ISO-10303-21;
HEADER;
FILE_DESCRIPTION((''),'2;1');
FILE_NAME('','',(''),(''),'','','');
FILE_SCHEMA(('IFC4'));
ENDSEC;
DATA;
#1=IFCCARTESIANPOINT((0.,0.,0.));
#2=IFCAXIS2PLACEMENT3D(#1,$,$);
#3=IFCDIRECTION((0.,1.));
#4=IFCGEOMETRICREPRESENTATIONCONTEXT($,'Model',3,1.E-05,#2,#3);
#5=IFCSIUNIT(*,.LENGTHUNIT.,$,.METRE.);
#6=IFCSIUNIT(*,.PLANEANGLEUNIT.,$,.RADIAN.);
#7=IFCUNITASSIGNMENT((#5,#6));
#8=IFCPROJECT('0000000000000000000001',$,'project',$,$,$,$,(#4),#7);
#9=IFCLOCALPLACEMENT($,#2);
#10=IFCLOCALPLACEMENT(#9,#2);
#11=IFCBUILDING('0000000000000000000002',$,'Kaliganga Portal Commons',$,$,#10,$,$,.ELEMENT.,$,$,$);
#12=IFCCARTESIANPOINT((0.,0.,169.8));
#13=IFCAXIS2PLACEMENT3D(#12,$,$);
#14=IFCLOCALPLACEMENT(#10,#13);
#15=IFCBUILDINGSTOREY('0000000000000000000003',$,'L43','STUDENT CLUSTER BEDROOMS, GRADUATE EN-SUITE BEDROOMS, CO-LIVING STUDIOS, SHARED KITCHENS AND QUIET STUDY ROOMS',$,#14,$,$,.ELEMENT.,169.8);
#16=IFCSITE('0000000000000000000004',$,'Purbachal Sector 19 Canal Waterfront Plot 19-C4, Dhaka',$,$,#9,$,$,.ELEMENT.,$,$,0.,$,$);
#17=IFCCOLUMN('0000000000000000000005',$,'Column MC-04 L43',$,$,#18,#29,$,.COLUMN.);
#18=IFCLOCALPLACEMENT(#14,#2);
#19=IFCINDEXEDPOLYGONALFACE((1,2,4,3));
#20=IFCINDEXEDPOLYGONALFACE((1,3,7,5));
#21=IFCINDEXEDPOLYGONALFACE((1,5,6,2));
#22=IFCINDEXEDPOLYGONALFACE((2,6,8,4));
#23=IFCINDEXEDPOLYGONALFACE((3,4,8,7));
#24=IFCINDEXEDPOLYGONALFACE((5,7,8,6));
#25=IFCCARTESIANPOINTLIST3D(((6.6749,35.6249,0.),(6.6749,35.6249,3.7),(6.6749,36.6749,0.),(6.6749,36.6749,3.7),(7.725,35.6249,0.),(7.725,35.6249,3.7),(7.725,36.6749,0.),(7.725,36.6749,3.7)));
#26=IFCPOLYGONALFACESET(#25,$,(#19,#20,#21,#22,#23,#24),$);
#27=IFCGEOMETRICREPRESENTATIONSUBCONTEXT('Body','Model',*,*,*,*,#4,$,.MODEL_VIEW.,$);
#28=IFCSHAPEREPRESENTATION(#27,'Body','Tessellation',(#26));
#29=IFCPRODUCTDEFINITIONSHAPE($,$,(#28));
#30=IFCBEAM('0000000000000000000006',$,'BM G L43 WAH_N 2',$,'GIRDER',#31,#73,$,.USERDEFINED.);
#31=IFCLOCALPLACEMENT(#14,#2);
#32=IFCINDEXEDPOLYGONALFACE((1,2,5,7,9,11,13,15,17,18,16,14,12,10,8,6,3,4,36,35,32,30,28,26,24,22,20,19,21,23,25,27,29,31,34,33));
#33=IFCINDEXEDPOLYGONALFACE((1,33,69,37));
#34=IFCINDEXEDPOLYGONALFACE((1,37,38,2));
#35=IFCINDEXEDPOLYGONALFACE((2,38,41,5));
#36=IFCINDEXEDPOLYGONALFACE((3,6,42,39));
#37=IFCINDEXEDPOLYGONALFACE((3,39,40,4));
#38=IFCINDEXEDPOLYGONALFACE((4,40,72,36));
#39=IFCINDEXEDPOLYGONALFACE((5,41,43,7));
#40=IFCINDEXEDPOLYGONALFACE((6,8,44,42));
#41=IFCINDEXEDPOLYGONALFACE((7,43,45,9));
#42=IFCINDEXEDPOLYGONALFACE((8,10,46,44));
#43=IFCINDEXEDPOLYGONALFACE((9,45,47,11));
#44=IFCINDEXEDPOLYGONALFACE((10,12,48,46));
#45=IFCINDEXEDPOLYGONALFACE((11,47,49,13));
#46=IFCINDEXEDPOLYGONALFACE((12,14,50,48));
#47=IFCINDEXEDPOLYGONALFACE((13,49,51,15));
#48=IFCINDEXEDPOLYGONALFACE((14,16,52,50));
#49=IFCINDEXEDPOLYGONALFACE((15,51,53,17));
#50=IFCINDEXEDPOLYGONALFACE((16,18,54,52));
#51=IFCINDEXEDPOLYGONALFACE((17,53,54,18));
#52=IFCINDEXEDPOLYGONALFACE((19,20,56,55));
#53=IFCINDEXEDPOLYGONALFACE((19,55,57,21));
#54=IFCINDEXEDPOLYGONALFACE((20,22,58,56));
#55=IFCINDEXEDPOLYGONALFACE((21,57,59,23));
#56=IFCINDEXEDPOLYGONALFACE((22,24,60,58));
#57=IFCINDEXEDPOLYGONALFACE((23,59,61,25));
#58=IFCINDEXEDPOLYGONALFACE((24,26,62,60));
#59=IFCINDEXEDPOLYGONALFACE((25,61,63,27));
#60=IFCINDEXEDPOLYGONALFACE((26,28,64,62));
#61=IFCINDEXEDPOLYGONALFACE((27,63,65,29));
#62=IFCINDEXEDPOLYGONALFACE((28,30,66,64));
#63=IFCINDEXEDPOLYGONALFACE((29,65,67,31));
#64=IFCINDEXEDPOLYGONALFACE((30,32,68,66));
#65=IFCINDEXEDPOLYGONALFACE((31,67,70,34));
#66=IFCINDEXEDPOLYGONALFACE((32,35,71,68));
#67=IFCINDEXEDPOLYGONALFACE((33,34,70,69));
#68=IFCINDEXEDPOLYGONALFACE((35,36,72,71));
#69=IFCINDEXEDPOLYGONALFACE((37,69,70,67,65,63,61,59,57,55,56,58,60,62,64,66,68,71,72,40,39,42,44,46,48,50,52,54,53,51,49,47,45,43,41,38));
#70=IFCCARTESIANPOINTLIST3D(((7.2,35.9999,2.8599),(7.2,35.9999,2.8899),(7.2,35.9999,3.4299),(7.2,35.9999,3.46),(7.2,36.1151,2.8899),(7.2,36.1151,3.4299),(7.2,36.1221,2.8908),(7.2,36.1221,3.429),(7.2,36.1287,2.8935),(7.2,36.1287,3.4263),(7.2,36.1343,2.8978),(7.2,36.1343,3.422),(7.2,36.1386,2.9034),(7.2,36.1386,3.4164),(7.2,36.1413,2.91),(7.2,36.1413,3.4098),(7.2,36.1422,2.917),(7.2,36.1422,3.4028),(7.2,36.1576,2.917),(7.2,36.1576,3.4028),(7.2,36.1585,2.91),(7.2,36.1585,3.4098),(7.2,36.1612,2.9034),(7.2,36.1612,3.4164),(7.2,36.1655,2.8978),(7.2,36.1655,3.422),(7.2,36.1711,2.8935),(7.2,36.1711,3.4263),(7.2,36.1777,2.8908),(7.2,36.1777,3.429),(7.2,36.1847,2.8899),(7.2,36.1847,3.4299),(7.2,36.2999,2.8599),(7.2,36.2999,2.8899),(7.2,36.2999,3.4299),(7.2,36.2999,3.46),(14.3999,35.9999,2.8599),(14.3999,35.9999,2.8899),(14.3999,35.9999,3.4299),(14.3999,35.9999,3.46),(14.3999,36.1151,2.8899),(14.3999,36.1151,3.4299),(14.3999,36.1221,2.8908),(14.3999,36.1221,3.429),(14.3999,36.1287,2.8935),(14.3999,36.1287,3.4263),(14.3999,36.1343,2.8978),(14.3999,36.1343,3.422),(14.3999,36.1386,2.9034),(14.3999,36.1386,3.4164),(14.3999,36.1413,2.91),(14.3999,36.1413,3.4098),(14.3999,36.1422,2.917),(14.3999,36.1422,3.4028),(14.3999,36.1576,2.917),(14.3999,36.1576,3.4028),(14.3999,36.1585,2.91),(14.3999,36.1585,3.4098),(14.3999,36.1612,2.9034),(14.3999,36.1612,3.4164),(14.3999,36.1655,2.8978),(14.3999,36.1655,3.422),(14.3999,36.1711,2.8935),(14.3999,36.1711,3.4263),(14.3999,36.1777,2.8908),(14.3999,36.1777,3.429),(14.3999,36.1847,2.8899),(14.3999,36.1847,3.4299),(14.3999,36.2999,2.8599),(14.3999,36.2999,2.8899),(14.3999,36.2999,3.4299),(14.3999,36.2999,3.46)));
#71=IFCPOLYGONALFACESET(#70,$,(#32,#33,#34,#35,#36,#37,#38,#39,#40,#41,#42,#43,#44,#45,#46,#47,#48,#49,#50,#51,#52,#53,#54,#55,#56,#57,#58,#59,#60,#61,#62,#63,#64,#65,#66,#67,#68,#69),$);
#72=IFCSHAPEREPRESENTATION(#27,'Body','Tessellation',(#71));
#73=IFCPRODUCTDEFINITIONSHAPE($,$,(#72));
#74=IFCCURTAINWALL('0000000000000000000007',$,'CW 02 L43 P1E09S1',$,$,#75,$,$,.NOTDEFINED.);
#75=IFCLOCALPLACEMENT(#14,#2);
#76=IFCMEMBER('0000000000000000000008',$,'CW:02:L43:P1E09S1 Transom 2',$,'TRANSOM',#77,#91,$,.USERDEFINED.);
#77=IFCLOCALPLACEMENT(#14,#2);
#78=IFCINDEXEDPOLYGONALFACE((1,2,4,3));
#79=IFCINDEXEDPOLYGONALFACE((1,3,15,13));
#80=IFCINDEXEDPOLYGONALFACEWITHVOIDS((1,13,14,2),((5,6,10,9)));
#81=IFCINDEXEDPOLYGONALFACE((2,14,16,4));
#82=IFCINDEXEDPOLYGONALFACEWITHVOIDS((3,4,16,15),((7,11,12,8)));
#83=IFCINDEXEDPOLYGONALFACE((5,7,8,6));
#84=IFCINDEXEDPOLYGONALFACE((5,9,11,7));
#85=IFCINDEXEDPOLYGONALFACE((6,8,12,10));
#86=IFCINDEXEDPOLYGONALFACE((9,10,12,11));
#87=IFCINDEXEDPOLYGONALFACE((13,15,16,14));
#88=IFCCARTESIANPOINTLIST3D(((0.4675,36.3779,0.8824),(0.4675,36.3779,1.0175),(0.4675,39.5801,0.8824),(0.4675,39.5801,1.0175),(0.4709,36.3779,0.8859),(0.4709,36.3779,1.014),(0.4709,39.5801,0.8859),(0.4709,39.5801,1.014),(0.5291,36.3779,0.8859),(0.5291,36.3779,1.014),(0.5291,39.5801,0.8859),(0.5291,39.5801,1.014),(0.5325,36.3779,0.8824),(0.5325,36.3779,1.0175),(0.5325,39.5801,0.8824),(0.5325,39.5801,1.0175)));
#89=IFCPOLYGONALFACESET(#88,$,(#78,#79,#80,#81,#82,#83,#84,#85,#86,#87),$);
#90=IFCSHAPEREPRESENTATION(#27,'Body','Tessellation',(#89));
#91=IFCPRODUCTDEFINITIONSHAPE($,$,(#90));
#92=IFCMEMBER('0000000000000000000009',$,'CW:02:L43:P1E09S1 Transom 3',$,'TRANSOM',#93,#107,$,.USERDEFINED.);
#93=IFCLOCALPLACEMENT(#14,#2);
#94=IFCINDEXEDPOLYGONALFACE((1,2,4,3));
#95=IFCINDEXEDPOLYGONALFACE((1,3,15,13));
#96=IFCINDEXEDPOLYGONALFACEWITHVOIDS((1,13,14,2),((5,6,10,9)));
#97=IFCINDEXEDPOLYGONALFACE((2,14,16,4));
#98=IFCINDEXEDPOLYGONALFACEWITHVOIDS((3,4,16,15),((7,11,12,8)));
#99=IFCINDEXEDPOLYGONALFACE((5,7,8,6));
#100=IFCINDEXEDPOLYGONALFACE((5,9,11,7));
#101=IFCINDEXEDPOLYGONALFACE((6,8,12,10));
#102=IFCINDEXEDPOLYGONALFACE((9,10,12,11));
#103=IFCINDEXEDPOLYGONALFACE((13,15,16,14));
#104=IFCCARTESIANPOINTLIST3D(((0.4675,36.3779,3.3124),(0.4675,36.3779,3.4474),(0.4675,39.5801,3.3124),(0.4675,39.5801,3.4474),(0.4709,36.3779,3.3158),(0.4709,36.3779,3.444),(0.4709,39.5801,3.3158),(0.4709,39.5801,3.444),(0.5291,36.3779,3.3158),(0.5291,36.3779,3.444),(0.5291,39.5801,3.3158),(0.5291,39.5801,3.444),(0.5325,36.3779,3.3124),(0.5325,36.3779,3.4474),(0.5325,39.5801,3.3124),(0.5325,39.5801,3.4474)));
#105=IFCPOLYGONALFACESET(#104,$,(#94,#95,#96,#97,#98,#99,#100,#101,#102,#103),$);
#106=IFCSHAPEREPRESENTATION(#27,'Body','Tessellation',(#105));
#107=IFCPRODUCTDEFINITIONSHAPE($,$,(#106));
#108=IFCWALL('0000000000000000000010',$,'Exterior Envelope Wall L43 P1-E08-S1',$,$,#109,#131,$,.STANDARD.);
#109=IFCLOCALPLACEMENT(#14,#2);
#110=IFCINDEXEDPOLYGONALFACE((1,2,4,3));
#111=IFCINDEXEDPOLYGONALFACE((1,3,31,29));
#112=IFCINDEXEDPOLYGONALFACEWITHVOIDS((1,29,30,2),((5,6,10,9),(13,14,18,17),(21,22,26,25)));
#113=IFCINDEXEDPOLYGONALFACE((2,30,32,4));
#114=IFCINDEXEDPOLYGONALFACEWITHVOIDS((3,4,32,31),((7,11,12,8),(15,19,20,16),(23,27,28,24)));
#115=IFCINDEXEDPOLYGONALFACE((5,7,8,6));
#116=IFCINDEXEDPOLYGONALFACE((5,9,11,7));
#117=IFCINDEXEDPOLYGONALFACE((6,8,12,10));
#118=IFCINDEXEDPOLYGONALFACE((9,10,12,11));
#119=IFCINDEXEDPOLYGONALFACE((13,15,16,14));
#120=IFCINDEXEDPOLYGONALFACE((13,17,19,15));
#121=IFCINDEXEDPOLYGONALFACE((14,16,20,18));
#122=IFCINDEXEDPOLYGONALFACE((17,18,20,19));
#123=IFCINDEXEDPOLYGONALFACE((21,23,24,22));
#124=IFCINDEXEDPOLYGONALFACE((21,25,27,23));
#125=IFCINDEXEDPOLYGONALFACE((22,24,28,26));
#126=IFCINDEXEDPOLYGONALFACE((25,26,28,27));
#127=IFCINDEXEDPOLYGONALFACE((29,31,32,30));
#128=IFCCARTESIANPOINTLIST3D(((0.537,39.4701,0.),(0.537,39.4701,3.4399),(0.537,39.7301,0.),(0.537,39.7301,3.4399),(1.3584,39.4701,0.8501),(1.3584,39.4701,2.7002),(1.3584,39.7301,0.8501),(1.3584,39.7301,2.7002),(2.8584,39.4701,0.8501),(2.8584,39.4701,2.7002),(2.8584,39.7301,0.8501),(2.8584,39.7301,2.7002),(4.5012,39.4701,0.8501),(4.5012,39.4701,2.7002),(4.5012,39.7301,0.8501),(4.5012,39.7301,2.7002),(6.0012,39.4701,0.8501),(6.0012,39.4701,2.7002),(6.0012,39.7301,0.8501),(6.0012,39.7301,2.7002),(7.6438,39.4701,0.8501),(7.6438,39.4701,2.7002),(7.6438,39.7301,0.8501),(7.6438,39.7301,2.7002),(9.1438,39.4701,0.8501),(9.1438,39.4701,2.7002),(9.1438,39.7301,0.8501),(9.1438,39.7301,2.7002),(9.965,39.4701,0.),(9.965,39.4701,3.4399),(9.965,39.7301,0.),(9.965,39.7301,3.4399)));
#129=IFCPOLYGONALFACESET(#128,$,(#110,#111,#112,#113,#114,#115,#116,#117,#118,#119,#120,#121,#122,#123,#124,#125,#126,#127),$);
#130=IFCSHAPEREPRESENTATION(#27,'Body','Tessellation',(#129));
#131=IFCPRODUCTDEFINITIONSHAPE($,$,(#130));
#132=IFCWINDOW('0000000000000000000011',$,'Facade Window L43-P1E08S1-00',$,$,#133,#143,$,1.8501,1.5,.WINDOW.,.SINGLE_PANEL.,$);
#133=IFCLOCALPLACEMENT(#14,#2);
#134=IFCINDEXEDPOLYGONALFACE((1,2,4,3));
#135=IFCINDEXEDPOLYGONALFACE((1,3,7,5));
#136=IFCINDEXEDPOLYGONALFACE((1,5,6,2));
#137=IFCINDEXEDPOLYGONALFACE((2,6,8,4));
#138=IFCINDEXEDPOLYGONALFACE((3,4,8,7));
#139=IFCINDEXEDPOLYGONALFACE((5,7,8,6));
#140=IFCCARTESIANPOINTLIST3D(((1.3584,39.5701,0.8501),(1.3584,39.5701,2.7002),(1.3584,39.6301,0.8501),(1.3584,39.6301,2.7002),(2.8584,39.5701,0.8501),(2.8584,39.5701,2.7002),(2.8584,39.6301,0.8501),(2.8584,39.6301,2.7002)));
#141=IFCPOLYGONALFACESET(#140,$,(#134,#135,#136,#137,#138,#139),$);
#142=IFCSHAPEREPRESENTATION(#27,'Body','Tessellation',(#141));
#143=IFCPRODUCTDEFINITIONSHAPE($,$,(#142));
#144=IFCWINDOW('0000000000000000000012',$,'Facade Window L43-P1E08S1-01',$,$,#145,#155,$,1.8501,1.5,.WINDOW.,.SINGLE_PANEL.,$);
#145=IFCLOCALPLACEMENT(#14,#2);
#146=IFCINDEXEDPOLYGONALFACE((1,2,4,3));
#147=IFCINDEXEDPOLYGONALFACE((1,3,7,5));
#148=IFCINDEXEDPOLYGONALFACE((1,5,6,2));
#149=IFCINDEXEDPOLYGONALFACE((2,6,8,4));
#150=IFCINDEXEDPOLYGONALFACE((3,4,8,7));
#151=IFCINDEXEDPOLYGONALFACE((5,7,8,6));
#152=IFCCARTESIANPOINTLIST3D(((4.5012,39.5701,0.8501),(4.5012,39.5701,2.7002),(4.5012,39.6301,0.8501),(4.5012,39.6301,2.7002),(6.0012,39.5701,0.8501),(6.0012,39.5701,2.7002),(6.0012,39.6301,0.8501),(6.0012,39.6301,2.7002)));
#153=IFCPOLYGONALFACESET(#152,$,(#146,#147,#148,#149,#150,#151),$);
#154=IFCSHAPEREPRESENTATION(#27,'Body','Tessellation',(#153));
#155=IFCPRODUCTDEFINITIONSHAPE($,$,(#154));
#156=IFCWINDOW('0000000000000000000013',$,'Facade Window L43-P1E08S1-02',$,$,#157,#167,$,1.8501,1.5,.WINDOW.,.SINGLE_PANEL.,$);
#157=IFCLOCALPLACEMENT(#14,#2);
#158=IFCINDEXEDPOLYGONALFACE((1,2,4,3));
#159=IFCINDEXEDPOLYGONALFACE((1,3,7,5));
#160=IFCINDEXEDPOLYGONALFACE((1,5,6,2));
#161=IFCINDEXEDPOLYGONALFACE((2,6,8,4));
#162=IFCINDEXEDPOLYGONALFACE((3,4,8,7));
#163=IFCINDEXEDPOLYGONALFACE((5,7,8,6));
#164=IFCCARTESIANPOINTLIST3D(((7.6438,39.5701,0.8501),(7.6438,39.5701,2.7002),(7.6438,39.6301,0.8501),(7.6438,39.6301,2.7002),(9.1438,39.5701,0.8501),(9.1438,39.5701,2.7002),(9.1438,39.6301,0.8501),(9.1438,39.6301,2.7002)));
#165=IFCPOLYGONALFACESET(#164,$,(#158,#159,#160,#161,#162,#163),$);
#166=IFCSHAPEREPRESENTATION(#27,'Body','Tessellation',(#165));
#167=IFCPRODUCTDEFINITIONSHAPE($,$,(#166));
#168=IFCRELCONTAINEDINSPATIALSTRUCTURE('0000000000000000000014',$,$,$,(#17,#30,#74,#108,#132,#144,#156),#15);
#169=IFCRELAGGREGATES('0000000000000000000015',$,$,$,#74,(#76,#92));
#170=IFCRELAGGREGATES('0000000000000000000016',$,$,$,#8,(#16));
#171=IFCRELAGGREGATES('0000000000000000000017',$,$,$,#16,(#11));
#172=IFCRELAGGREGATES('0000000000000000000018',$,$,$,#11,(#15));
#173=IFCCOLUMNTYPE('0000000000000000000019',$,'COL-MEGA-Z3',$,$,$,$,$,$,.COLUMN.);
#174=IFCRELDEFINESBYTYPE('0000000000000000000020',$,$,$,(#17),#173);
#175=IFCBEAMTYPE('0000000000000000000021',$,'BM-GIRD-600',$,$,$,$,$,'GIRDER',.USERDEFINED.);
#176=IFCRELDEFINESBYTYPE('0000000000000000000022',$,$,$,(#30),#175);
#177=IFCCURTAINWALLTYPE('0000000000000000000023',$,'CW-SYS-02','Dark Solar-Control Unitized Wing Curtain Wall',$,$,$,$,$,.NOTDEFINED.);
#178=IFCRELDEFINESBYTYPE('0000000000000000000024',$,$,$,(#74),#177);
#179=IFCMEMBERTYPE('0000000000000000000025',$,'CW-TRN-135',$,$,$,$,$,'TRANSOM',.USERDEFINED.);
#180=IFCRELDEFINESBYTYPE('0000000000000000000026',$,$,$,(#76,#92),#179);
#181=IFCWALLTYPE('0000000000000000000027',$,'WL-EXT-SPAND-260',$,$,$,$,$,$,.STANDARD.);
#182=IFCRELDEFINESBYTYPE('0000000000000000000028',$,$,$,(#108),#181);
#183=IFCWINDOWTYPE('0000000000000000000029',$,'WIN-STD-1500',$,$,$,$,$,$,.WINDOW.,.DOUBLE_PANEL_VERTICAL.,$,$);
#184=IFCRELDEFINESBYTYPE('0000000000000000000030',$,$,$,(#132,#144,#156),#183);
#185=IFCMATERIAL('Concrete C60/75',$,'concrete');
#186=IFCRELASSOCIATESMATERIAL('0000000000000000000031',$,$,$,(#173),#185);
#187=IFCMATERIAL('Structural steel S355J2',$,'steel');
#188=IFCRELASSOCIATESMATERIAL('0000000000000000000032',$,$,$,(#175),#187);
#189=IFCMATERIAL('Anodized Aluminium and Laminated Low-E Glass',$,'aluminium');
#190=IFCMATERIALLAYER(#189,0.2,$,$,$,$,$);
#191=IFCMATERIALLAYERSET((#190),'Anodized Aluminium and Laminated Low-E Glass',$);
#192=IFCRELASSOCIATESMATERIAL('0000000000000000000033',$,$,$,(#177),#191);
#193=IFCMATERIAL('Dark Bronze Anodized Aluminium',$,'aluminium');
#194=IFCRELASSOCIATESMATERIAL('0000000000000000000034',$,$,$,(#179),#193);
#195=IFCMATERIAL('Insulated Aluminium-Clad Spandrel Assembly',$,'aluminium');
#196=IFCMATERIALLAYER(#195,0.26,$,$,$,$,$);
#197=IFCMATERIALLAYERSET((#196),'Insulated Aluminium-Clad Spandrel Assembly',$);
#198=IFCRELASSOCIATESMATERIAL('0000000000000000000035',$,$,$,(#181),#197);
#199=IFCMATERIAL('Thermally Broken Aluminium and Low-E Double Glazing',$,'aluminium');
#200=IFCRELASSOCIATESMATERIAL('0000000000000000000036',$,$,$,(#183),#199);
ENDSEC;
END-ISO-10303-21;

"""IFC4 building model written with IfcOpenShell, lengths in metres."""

from ifc_helpers import new_model, si_unit, direction, frame, frame_2d, origin, origin_2d, place, context, subcontext, project, spatial, rectangle, hollow_rectangle, i_section, extrude, source, transform, mapped, material, layer, layer_set, material_profile, profile_set, type_object, element, fill, aggregate, save


model = new_model("IFC4")

# Units and contexts
model_context = context("Model", 3, precision=1e-05, world=origin(), true_north=direction((0.0, 1.0)))
body_context = subcontext(model_context, "Body", "Model", "MODEL_VIEW")
ifc_project = project(units=[si_unit("LENGTHUNIT", "METRE"), si_unit("PLANEANGLEUNIT", "RADIAN")], contexts=[model_context])

# Site, building, storey
site_placement = place(None, origin())
site = spatial("IfcSite", under=ifc_project, at=site_placement, Name="Purbachal Sector 19 Canal Waterfront Plot 19-C4, Dhaka", CompositionType="ELEMENT", RefElevation=0.0)
building_placement = place(site_placement, origin())
building = spatial("IfcBuilding", under=site, at=building_placement, Name="Kaliganga Portal Commons", CompositionType="ELEMENT")
storey_placement = place(building_placement, frame((0.0, 0.0, 169.8)))
storey = spatial("IfcBuildingStorey", under=building, at=storey_placement, Name="L43", Description="STUDENT CLUSTER BEDROOMS, GRADUATE EN-SUITE BEDROOMS, CO-LIVING STUDIOS, SHARED KITCHENS AND QUIET STUDY ROOMS", CompositionType="ELEMENT", Elevation=169.8)

# Column
ifc_material_1 = material(Name="Concrete C60/75", Category="concrete")
ifc_material_profile_1 = material_profile(ifc_material_1, rectangle(XDim=1.05, YDim=1.05, at=origin_2d()), Name="RC 1050x1050")
ifc_profile_set_1 = profile_set([ifc_material_profile_1], Name="Concrete C60/75")
column_type = type_object("IfcColumnType", Name="COL-MEGA-Z3", PredefinedType="COLUMN", material=ifc_profile_set_1)
shared_shape_1 = source(origin(), body_context, "Body", "SweptSolid", [
    extrude(rectangle(XDim=1.05, YDim=1.05, at=origin_2d()), origin(), (0.0, 0.0, 1.0), 3.7),
])
column_placement = place(storey_placement, frame((7.2, 36.1499, 0.0), z_axis=(0.0, 0.0, 1.0), x_axis=(1.0, 0.0, 0.0)))
element("IfcColumn", 1, at=column_placement, inside=storey, type_object=column_type, Name="Column MC-04 L43", PredefinedType="COLUMN", context=body_context, shape_type="MappedRepresentation", body=[
    mapped(shared_shape_1, transform((0.0, 0.0, 0.0), x_axis=(1.0, 0.0, 0.0), y_axis=(0.0, 1.0, 0.0), z_axis=(0.0, 0.0, 1.0), scale=1.0)),
])

# Beam
ifc_material_2 = material(Name="Structural steel S355J2", Category="steel")
ifc_material_profile_2 = material_profile(ifc_material_2, i_section(OverallWidth=0.3, OverallDepth=0.6001, WebThickness=0.0154, FlangeThickness=0.03, FilletRadius=0.0271, at=origin_2d()), Name="HE 600 B")
ifc_profile_set_2 = profile_set([ifc_material_profile_2], Name="Structural steel S355J2 wide-flange")
beam_type = type_object("IfcBeamType", Name="BM-GIRD-600", ElementType="GIRDER", PredefinedType="USERDEFINED", material=ifc_profile_set_2)
shared_shape_2 = source(origin(), body_context, "Body", "SweptSolid", [
    extrude(i_section(OverallWidth=0.3, OverallDepth=0.6001, WebThickness=0.0154, FlangeThickness=0.03, FilletRadius=0.0271, at=origin_2d()), origin(), (0.0, 0.0, 1.0), 7.2),
])
beam_placement = place(storey_placement, frame((7.2, 36.1499, 3.1599), z_axis=(1.0, 0.0, 0.0), x_axis=(0.0, 1.0, 0.0)))
element("IfcBeam", 2, at=beam_placement, inside=storey, type_object=beam_type, Name="BM G L43 WAH_N 2", ObjectType="GIRDER", PredefinedType="USERDEFINED", context=body_context, shape_type="MappedRepresentation", body=[
    mapped(shared_shape_2, transform((0.0, 0.0, 0.0), x_axis=(1.0, 0.0, 0.0), y_axis=(0.0, 1.0, 0.0), z_axis=(0.0, 0.0, 1.0), scale=1.0)),
])

# Curtain wall, members
ifc_material_3 = material(Name="Anodized Aluminium and Laminated Low-E Glass", Category="aluminium")
ifc_layer_1 = layer(ifc_material_3, 0.2)
ifc_layer_set_1 = layer_set([ifc_layer_1], Name="Anodized Aluminium and Laminated Low-E Glass")
curtain_wall_type = type_object("IfcCurtainWallType", Name="CW-SYS-02", Description="Dark Solar-Control Unitized Wing Curtain Wall", PredefinedType="NOTDEFINED", material=ifc_layer_set_1)
curtain_wall_placement = place(storey_placement, origin())
curtain_wall = element("IfcCurtainWall", 3, at=curtain_wall_placement, inside=storey, type_object=curtain_wall_type, Name="CW 02 L43 P1E09S1", PredefinedType="NOTDEFINED")
ifc_material_4 = material(Name="Dark Bronze Anodized Aluminium", Category="aluminium")
ifc_material_profile_3 = material_profile(ifc_material_4, hollow_rectangle(XDim=0.0649, YDim=0.135, WallThickness=0.0034, at=origin_2d()), Name="ALU TRAN 65x135x3.5")
ifc_profile_set_3 = profile_set([ifc_material_profile_3], Name="Dark Bronze Anodized Aluminium")
member_type = type_object("IfcMemberType", Name="CW-TRN-135", ElementType="TRANSOM", PredefinedType="USERDEFINED", material=ifc_profile_set_3)
shared_shape_3 = source(origin(), body_context, "Body", "SweptSolid", [
    extrude(hollow_rectangle(XDim=0.0649, YDim=0.135, WallThickness=0.0034, at=origin_2d()), origin(), (0.0, 0.0, 1.0), 3.2021),
])
member_1_placement = place(storey_placement, frame((0.5, 39.5801, 0.95), z_axis=(0.0, -1.0, 0.0), x_axis=(1.0, 0.0, 0.0)))
member_1 = element("IfcMember", 4, at=member_1_placement, type_object=member_type, Name="CW:02:L43:P1E09S1 Transom 2", ObjectType="TRANSOM", PredefinedType="USERDEFINED", context=body_context, shape_type="MappedRepresentation", body=[
    mapped(shared_shape_3, transform((0.0, 0.0, 0.0), x_axis=(1.0, 0.0, 0.0), y_axis=(0.0, 1.0, 0.0), z_axis=(0.0, 0.0, 1.0), scale=1.0)),
])
member_2_placement = place(storey_placement, frame((0.5, 39.5801, 3.3799), z_axis=(0.0, -1.0, 0.0), x_axis=(1.0, 0.0, 0.0)))
member_2 = element("IfcMember", 5, at=member_2_placement, type_object=member_type, Name="CW:02:L43:P1E09S1 Transom 3", ObjectType="TRANSOM", PredefinedType="USERDEFINED", context=body_context, shape_type="MappedRepresentation", body=[
    mapped(shared_shape_3, transform((0.0, 0.0, 0.0), x_axis=(1.0, 0.0, 0.0), y_axis=(0.0, 1.0, 0.0), z_axis=(0.0, 0.0, 1.0), scale=1.0)),
])
aggregate(curtain_wall, [member_1, member_2])

# Wall, openings, windows
ifc_material_5 = material(Name="Insulated Aluminium-Clad Spandrel Assembly", Category="aluminium")
ifc_layer_2 = layer(ifc_material_5, 0.26)
ifc_layer_set_2 = layer_set([ifc_layer_2], Name="Insulated Aluminium-Clad Spandrel Assembly")
wall_type_1 = type_object("IfcWallType", Name="WL-EXT-SPAND-260", PredefinedType="STANDARD", material=ifc_layer_set_2)
wall_1_placement = place(storey_placement, frame((0.5371, 39.6001, 0.0), z_axis=(0.0, 0.0, 1.0), x_axis=(1.0, 0.0, 0.0)))
wall_1 = element("IfcWall", 6, at=wall_1_placement, inside=storey, type_object=wall_type_1, Name="Exterior Envelope Wall L43 P1-E08-S1", PredefinedType="STANDARD", context=body_context, shape_type="SweptSolid", body=[
    extrude(rectangle(XDim=9.428, YDim=0.26, at=frame_2d((4.7139, 0.0))), origin(), (0.0, 0.0, 1.0), 3.4399),
])
opening_1_placement = place(wall_1_placement, frame((0.8213, 0.0, 0.8501)))
opening_1 = element("IfcOpeningElement", 7, at=opening_1_placement, cuts=wall_1, PredefinedType="OPENING", context=body_context, shape_type="SweptSolid", body=[
    extrude(rectangle(XDim=1.5, YDim=1.8501, at=frame_2d((0.75, 0.925))), frame((0.0, 0.1401, 0.0), z_axis=(0.0, -1.0, 0.0), x_axis=(1.0, 0.0, 0.0)), (0.0, 0.0, 1.0), 0.28),
])
opening_2_placement = place(wall_1_placement, frame((3.9641, 0.0, 0.8501)))
opening_2 = element("IfcOpeningElement", 8, at=opening_2_placement, cuts=wall_1, PredefinedType="OPENING", context=body_context, shape_type="SweptSolid", body=[
    extrude(rectangle(XDim=1.5, YDim=1.8501, at=frame_2d((0.75, 0.925))), frame((0.0, 0.1401, 0.0), z_axis=(0.0, -1.0, 0.0), x_axis=(1.0, 0.0, 0.0)), (0.0, 0.0, 1.0), 0.28),
])
opening_3_placement = place(wall_1_placement, frame((7.1067, 0.0, 0.8501)))
opening_3 = element("IfcOpeningElement", 9, at=opening_3_placement, cuts=wall_1, PredefinedType="OPENING", context=body_context, shape_type="SweptSolid", body=[
    extrude(rectangle(XDim=1.5, YDim=1.8501, at=frame_2d((0.75, 0.925))), frame((0.0, 0.1401, 0.0), z_axis=(0.0, -1.0, 0.0), x_axis=(1.0, 0.0, 0.0)), (0.0, 0.0, 1.0), 0.28),
])
ifc_material_6 = material(Name="Thermally Broken Aluminium and Low-E Double Glazing", Category="aluminium")
window_type = type_object("IfcWindowType", Name="WIN-STD-1500", PartitioningType="DOUBLE_PANEL_VERTICAL", PredefinedType="WINDOW", material=ifc_material_6)
window_1_placement = place(opening_1_placement, origin())
window_1 = element("IfcWindow", 10, at=window_1_placement, inside=storey, type_object=window_type, Name="Facade Window L43-P1E08S1-00", OverallHeight=1.8501, OverallWidth=1.5, PartitioningType="SINGLE_PANEL", PredefinedType="WINDOW", context=body_context, shape_type="SweptSolid", body=[
    extrude(rectangle(XDim=1.5, YDim=1.8501, at=frame_2d((0.75, 0.925))), frame((0.0, 0.03, 0.0), z_axis=(0.0, -1.0, 0.0), x_axis=(1.0, 0.0, 0.0)), (0.0, 0.0, 1.0), 0.0601),
])
fill(opening_1, window_1)
window_2_placement = place(opening_2_placement, origin())
window_2 = element("IfcWindow", 11, at=window_2_placement, inside=storey, type_object=window_type, Name="Facade Window L43-P1E08S1-01", OverallHeight=1.8501, OverallWidth=1.5, PartitioningType="SINGLE_PANEL", PredefinedType="WINDOW", context=body_context, shape_type="SweptSolid", body=[
    extrude(rectangle(XDim=1.5, YDim=1.8501, at=frame_2d((0.75, 0.925))), frame((0.0, 0.03, 0.0), z_axis=(0.0, -1.0, 0.0), x_axis=(1.0, 0.0, 0.0)), (0.0, 0.0, 1.0), 0.0601),
])
fill(opening_2, window_2)
window_3_placement = place(opening_3_placement, origin())
window_3 = element("IfcWindow", 12, at=window_3_placement, inside=storey, type_object=window_type, Name="Facade Window L43-P1E08S1-02", OverallHeight=1.8501, OverallWidth=1.5, PartitioningType="SINGLE_PANEL", PredefinedType="WINDOW", context=body_context, shape_type="SweptSolid", body=[
    extrude(rectangle(XDim=1.5, YDim=1.8501, at=frame_2d((0.75, 0.925))), frame((0.0, 0.03, 0.0), z_axis=(0.0, -1.0, 0.0), x_axis=(1.0, 0.0, 0.0)), (0.0, 0.0, 1.0), 0.0601),
])
fill(opening_3, window_3)

save(model, "model.ifc")
